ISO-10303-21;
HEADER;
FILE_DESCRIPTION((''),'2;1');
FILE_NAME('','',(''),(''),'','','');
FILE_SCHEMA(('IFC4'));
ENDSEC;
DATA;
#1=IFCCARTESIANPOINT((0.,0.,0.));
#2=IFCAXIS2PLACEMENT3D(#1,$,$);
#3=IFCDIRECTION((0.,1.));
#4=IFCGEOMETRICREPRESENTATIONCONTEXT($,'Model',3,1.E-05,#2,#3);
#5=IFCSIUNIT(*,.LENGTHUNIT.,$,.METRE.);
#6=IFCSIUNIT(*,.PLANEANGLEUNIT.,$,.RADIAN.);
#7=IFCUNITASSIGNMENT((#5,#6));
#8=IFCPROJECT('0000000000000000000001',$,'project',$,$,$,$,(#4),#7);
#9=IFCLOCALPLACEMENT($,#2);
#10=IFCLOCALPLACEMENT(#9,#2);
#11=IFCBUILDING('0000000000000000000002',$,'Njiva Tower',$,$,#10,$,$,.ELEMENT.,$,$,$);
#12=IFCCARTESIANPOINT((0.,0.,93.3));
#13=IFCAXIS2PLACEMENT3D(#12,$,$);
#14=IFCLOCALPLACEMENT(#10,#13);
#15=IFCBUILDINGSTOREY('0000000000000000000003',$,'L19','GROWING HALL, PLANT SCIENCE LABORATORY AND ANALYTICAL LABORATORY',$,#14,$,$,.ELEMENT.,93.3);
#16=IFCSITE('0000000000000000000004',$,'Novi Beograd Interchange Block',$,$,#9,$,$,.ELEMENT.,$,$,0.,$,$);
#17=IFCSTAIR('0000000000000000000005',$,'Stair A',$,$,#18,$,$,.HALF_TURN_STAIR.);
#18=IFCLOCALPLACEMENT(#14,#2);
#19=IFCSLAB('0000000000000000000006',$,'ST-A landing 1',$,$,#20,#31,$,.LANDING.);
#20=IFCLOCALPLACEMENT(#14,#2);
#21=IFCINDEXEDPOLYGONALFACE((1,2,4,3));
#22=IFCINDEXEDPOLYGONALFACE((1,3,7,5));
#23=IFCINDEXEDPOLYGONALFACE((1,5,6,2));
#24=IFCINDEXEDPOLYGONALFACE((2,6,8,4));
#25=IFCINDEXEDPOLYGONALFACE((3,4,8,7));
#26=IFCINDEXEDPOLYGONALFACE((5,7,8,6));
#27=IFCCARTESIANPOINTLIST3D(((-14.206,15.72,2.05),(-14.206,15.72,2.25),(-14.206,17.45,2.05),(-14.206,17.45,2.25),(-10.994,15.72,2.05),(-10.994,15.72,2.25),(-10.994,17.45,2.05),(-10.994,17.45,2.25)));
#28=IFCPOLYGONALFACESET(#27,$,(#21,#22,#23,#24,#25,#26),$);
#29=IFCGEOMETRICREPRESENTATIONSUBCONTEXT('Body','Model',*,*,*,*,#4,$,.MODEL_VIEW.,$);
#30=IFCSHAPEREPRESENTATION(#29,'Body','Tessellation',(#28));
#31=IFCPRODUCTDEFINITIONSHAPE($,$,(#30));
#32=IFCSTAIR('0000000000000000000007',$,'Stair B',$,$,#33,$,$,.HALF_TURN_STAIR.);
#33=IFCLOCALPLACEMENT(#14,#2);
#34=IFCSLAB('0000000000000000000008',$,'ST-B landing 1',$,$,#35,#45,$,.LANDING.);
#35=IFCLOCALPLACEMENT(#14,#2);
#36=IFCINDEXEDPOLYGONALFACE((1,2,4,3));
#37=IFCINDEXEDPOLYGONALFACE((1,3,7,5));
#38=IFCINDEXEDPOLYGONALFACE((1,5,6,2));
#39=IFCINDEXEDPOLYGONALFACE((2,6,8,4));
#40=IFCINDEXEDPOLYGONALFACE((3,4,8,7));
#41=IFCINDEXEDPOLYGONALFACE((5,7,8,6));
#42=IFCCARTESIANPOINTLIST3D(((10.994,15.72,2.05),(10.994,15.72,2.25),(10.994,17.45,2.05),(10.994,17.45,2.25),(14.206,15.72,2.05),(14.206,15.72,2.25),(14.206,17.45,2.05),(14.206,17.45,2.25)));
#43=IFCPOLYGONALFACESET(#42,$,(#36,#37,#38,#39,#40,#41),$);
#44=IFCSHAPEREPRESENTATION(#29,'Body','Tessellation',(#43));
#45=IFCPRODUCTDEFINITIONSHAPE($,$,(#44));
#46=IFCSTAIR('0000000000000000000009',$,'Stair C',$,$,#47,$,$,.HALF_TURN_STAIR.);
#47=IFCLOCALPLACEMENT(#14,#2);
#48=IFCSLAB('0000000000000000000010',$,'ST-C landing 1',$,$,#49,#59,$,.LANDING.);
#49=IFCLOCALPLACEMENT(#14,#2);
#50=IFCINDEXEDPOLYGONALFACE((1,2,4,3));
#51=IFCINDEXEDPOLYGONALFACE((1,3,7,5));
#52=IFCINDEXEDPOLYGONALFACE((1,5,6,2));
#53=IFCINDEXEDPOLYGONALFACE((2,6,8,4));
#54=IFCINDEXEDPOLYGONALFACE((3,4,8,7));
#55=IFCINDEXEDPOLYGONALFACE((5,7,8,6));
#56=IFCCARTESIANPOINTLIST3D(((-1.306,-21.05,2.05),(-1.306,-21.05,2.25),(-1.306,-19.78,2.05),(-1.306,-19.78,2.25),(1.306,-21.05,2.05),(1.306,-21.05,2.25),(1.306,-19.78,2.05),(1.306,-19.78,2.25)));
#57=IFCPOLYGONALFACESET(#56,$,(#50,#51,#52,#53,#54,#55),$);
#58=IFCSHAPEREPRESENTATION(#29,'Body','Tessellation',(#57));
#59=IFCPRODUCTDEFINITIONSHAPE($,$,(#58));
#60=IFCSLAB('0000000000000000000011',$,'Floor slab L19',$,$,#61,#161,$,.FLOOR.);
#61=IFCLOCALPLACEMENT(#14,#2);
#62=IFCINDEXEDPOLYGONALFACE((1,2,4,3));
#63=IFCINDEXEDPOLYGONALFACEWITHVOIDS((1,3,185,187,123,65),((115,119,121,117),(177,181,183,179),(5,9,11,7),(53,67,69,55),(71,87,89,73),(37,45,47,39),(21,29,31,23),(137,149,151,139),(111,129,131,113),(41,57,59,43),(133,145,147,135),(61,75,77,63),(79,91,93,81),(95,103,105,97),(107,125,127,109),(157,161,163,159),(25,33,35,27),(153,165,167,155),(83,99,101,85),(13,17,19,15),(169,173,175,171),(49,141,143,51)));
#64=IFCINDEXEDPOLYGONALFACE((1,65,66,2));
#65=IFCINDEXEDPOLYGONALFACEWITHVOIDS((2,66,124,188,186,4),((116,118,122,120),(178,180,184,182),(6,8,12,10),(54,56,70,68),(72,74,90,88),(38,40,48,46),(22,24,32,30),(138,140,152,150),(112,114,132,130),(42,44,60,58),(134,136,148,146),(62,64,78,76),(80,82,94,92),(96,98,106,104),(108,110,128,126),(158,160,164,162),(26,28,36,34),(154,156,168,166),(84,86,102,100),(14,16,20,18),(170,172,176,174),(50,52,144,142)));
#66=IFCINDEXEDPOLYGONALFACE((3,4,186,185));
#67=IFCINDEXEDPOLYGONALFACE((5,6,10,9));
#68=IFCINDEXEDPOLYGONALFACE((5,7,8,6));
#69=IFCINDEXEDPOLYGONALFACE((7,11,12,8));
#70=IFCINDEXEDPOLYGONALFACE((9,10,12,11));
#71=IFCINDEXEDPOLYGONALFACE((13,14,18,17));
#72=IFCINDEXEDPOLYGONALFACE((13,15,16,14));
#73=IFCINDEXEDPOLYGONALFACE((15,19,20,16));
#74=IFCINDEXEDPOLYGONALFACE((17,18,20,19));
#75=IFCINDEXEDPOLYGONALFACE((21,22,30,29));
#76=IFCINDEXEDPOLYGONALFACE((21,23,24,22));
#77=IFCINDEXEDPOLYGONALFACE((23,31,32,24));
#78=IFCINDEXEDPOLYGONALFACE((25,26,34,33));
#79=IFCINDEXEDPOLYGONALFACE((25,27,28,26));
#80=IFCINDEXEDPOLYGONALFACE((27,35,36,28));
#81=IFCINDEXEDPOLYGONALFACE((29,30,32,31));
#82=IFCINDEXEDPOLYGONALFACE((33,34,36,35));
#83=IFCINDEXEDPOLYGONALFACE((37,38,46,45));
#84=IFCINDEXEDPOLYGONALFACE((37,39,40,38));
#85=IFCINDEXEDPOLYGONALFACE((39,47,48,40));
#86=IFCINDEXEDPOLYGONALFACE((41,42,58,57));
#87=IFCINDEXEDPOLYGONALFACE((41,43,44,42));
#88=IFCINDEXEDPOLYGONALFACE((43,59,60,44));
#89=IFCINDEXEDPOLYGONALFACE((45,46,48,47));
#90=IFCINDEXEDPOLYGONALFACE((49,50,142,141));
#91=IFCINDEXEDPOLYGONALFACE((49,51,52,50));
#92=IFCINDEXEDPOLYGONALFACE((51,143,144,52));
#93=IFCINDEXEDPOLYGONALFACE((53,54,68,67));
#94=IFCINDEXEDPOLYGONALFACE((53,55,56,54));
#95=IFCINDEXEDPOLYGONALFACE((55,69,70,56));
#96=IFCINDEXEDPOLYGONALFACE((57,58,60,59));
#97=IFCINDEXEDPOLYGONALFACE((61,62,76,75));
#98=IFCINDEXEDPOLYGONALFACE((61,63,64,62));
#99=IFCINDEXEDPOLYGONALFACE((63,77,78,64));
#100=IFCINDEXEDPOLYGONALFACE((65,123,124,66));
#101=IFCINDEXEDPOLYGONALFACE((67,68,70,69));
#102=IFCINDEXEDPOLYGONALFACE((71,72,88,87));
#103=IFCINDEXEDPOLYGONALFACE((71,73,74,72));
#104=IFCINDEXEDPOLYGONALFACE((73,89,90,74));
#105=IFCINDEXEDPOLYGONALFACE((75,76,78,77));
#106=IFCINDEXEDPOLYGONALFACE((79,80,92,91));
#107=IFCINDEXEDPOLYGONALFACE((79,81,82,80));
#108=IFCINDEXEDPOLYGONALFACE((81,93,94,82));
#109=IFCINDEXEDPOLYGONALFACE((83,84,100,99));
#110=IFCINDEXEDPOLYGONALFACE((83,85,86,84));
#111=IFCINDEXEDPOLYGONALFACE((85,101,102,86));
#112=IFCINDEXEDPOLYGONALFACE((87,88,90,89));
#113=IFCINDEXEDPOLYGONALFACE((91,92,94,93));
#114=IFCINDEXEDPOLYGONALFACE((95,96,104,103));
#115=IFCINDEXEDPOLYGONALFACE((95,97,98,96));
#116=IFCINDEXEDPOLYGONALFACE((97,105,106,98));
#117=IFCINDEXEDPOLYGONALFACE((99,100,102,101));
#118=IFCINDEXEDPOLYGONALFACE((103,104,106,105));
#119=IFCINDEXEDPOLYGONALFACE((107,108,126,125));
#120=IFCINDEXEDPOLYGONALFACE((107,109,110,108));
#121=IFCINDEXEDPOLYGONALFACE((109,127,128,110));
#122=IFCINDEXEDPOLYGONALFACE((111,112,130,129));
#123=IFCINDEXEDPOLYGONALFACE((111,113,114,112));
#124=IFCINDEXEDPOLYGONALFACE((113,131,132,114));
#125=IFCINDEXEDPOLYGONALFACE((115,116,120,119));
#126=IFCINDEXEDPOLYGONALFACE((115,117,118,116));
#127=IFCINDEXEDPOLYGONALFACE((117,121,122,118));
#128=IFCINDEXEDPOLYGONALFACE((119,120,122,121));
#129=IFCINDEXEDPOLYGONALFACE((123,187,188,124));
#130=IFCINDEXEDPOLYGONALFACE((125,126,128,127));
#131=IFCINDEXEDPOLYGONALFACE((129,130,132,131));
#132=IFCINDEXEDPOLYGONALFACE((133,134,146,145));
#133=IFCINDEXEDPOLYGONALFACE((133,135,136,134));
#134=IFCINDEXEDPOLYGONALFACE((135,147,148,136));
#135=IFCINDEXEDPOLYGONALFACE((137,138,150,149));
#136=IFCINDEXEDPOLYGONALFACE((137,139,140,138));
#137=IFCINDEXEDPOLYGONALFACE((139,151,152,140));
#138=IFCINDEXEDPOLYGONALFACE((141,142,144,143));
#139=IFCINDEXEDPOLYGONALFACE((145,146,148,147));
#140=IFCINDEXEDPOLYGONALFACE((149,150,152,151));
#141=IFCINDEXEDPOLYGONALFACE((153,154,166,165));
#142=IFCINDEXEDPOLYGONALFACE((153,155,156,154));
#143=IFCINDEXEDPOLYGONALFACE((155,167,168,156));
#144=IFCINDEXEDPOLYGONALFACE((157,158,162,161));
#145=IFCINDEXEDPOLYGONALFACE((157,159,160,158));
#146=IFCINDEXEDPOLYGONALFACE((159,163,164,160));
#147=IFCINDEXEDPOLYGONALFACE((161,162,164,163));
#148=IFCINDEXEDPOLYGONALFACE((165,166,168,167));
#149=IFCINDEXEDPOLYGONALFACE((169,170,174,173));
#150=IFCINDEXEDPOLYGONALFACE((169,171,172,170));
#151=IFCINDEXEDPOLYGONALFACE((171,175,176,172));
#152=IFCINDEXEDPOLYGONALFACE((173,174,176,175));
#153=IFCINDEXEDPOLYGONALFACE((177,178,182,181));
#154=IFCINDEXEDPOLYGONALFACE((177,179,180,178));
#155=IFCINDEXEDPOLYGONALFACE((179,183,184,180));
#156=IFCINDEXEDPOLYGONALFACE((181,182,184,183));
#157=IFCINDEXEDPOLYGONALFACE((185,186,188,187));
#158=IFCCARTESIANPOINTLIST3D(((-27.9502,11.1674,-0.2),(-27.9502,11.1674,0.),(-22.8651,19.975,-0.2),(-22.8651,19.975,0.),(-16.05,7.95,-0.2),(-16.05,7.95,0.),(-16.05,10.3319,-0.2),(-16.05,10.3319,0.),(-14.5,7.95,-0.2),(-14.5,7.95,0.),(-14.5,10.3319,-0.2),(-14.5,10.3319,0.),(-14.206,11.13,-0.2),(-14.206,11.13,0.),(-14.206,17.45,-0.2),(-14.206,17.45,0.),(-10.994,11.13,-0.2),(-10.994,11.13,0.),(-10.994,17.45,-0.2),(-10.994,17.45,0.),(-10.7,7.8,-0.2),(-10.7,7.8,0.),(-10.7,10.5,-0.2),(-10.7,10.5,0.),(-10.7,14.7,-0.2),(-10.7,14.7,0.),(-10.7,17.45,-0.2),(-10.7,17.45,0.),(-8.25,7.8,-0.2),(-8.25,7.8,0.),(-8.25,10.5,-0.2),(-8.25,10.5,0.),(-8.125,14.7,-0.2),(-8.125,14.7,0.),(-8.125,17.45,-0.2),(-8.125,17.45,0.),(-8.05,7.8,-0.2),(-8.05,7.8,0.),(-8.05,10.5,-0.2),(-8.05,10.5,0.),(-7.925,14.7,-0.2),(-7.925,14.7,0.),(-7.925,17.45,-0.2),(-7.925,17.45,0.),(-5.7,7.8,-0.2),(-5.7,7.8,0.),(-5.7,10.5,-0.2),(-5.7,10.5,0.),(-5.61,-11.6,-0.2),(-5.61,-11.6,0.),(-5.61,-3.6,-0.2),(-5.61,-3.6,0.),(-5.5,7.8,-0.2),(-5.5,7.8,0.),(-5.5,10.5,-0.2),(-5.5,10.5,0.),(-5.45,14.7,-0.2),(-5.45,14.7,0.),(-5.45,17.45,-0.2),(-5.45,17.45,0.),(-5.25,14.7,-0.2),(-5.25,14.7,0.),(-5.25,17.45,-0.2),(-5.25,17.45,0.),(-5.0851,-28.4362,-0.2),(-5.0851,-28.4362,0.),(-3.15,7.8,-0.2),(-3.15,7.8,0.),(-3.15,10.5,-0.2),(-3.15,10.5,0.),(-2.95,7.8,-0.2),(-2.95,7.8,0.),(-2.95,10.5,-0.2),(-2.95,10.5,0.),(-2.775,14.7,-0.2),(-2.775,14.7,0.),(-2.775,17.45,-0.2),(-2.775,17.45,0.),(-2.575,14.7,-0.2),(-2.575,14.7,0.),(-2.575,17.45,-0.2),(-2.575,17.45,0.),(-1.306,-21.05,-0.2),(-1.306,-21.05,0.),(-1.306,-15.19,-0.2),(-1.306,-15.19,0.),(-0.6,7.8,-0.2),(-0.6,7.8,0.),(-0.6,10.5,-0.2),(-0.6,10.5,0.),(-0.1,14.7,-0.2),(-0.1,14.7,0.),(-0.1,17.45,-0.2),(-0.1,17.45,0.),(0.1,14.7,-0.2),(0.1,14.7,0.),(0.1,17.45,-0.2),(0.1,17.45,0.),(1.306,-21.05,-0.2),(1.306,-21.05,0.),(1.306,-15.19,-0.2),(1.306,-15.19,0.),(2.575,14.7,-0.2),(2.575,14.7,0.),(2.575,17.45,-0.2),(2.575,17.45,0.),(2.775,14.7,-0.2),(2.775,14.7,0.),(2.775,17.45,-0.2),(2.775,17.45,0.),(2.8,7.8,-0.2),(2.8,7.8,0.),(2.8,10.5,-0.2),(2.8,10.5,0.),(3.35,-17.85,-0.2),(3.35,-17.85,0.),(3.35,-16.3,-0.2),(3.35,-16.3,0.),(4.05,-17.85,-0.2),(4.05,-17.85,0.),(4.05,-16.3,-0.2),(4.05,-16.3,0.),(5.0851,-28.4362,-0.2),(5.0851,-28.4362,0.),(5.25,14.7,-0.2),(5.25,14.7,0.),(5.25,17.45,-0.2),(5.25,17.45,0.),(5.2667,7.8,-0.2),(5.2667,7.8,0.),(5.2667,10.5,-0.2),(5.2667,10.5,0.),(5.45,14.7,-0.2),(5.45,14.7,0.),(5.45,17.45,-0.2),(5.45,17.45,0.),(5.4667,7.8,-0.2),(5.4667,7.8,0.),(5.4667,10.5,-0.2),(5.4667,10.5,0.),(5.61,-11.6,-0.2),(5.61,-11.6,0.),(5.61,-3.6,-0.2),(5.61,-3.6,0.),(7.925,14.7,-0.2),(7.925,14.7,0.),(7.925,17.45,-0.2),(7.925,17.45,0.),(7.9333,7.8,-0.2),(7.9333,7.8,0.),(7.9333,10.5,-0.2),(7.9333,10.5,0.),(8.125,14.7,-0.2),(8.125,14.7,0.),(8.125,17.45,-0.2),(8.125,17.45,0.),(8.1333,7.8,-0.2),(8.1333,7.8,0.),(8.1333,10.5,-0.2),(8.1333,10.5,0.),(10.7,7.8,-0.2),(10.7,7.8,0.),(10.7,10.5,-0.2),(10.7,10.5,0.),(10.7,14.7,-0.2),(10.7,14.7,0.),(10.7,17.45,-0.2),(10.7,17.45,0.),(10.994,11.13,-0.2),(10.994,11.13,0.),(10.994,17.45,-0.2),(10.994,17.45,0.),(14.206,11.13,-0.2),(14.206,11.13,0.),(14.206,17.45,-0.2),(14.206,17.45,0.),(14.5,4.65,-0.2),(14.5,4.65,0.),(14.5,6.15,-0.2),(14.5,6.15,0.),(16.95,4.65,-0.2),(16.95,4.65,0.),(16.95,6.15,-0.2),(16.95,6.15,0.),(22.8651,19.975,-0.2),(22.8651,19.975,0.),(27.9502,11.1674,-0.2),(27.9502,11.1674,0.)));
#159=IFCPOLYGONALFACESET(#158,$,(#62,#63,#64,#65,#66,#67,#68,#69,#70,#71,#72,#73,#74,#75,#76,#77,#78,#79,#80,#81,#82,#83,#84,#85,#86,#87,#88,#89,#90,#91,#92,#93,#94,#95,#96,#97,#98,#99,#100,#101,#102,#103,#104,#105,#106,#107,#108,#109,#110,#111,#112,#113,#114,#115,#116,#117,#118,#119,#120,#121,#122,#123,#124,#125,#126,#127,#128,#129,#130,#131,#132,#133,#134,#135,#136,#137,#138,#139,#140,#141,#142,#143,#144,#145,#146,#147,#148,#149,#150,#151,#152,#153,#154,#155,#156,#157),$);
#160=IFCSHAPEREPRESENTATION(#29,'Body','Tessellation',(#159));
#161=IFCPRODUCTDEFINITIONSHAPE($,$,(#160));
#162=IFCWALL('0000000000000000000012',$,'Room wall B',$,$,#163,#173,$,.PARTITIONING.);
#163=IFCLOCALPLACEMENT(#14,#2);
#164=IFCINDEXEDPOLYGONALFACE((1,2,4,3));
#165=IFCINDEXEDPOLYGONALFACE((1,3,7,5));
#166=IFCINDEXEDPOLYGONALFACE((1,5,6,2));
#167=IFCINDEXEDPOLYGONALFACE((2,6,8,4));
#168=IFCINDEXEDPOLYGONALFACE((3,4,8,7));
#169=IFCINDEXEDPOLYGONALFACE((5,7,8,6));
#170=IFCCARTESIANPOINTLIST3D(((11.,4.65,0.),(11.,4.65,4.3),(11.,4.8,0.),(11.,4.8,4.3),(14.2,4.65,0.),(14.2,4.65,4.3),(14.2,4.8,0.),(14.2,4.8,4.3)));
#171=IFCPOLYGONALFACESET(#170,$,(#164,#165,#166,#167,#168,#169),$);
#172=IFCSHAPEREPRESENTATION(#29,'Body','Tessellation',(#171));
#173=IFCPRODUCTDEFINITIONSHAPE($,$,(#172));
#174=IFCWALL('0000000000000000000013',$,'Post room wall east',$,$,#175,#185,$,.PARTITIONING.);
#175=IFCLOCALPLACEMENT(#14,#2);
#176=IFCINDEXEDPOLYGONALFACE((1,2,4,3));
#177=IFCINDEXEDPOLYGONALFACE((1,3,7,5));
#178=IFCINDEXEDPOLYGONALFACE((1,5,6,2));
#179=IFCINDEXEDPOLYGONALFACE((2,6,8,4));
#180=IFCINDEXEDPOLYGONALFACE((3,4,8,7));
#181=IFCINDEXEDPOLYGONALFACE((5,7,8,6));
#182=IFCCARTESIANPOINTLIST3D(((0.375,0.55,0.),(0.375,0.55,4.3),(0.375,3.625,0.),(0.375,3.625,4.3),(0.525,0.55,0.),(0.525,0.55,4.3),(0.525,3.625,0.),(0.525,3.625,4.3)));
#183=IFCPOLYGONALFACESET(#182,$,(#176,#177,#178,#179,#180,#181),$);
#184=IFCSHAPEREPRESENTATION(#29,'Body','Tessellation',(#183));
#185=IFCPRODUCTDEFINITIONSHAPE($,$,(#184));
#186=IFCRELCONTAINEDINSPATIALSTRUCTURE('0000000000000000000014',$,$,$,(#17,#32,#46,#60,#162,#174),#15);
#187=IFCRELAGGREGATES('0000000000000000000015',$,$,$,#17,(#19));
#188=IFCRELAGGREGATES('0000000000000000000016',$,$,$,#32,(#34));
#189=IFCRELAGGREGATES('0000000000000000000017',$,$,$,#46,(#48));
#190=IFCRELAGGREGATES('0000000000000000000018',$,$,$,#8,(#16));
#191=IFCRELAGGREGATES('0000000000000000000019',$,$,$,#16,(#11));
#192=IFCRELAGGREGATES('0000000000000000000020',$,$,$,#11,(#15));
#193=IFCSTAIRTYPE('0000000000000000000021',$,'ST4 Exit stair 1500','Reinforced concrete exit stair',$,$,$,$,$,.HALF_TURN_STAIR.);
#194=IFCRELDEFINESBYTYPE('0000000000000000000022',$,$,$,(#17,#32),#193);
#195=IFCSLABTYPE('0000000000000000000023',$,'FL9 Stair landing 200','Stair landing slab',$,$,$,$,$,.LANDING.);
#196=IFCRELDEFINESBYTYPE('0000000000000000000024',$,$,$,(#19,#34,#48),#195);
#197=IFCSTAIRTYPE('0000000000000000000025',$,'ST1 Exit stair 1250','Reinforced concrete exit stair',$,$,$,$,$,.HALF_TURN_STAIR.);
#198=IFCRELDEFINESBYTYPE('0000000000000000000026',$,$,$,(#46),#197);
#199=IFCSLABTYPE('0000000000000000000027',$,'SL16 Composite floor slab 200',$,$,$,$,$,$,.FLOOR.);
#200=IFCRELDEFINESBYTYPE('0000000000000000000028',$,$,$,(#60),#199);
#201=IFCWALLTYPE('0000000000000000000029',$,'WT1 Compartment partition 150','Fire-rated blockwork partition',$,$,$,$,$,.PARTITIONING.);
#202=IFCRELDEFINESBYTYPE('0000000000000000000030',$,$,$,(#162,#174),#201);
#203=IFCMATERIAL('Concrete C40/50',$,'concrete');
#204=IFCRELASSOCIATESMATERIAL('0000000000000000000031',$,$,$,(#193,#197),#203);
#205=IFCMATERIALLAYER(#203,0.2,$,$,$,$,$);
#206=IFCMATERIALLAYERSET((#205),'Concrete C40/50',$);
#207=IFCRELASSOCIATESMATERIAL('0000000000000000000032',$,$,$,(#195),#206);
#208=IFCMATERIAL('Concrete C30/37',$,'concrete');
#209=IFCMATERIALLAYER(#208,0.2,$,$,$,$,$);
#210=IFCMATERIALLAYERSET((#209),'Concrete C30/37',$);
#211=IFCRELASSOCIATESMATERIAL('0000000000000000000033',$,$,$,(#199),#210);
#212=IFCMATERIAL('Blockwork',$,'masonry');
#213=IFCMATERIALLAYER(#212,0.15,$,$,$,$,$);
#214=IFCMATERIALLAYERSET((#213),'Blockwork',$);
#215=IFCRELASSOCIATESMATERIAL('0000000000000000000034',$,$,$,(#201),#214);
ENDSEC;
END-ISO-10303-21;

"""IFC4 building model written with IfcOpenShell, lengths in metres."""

from ifc_helpers import new_model, si_unit, direction, frame, frame_2d, origin, place, context, subcontext, project, spatial, polyline, rectangle, outline, extrude, material, layer, layer_set, type_object, element, aggregate, save


model = new_model("IFC4")

# Units and contexts
model_context = context("Model", 3, precision=1e-05, world=origin(), true_north=direction((0.0, 1.0)))
body_context = subcontext(model_context, "Body", "Model", "MODEL_VIEW")
ifc_project = project(units=[si_unit("LENGTHUNIT", "METRE"), si_unit("PLANEANGLEUNIT", "RADIAN")], contexts=[model_context])

# Site, building, storey
site_placement = place(None, origin())
site = spatial("IfcSite", under=ifc_project, at=site_placement, Name="Novi Beograd Interchange Block", CompositionType="ELEMENT", RefElevation=0.0)
building_placement = place(site_placement, origin())
building = spatial("IfcBuilding", under=site, at=building_placement, Name="Njiva Tower", CompositionType="ELEMENT")
storey_placement = place(building_placement, frame((0.0, 0.0, 93.3)))
storey = spatial("IfcBuildingStorey", under=building, at=storey_placement, Name="L19", Description="GROWING HALL, PLANT SCIENCE LABORATORY AND ANALYTICAL LABORATORY", CompositionType="ELEMENT", Elevation=93.3)

# Stairs, slabs
ifc_material_1 = material(Name="Concrete C40/50", Category="concrete")
stair_type_1 = type_object("IfcStairType", Name="ST4 Exit stair 1500", Description="Reinforced concrete exit stair", PredefinedType="HALF_TURN_STAIR", material=ifc_material_1)
stair_1_placement = place(storey_placement, origin())
stair_1 = element("IfcStair", 1, at=stair_1_placement, inside=storey, type_object=stair_type_1, Name="Stair A", PredefinedType="HALF_TURN_STAIR")
ifc_layer_1 = layer(ifc_material_1, 0.2)
ifc_layer_set_1 = layer_set([ifc_layer_1], Name="Concrete C40/50")
slab_type_1 = type_object("IfcSlabType", Name="FL9 Stair landing 200", Description="Stair landing slab", PredefinedType="LANDING", material=ifc_layer_set_1)
slab_1_placement = place(storey_placement, frame((0.0, 0.0, 2.05)))
slab_1 = element("IfcSlab", 2, at=slab_1_placement, type_object=slab_type_1, Name="ST-A landing 1", PredefinedType="LANDING", context=body_context, shape_type="SweptSolid", body=[
    extrude(outline(polyline([(-14.206, 15.72), (-10.994, 15.72), (-10.994, 17.45), (-14.206, 17.45), (-14.206, 15.72)])), origin(), (0.0, 0.0, 1.0), 0.2),
])
aggregate(stair_1, [slab_1])
stair_2_placement = place(storey_placement, origin())
stair_2 = element("IfcStair", 3, at=stair_2_placement, inside=storey, type_object=stair_type_1, Name="Stair B", PredefinedType="HALF_TURN_STAIR")
slab_2_placement = place(storey_placement, frame((0.0, 0.0, 2.05)))
slab_2 = element("IfcSlab", 4, at=slab_2_placement, type_object=slab_type_1, Name="ST-B landing 1", PredefinedType="LANDING", context=body_context, shape_type="SweptSolid", body=[
    extrude(outline(polyline([(10.994, 15.72), (14.206, 15.72), (14.206, 17.45), (10.994, 17.45), (10.994, 15.72)])), origin(), (0.0, 0.0, 1.0), 0.2),
])
aggregate(stair_2, [slab_2])
stair_type_2 = type_object("IfcStairType", Name="ST1 Exit stair 1250", Description="Reinforced concrete exit stair", PredefinedType="HALF_TURN_STAIR", material=ifc_material_1)
stair_3_placement = place(storey_placement, origin())
stair_3 = element("IfcStair", 5, at=stair_3_placement, inside=storey, type_object=stair_type_2, Name="Stair C", PredefinedType="HALF_TURN_STAIR")
slab_3_placement = place(storey_placement, frame((0.0, 0.0, 2.05)))
slab_3 = element("IfcSlab", 6, at=slab_3_placement, type_object=slab_type_1, Name="ST-C landing 1", PredefinedType="LANDING", context=body_context, shape_type="SweptSolid", body=[
    extrude(outline(polyline([(-1.306, -21.05), (1.306, -21.05), (1.306, -19.78), (-1.306, -19.78), (-1.306, -21.05)])), origin(), (0.0, 0.0, 1.0), 0.2),
])
aggregate(stair_3, [slab_3])

# Slab
ifc_material_2 = material(Name="Concrete C30/37", Category="concrete")
ifc_layer_2 = layer(ifc_material_2, 0.2)
ifc_layer_set_2 = layer_set([ifc_layer_2], Name="Concrete C30/37")
slab_type_2 = type_object("IfcSlabType", Name="SL16 Composite floor slab 200", PredefinedType="FLOOR", material=ifc_layer_set_2)
slab_4_placement = place(storey_placement, frame((0.0, 0.0, -0.2)))
element("IfcSlab", 7, at=slab_4_placement, inside=storey, type_object=slab_type_2, Name="Floor slab L19", PredefinedType="FLOOR", context=body_context, shape_type="SweptSolid", body=[
    extrude(outline(polyline([(27.9502, 11.1674), (5.0851, -28.4362), (-5.0851, -28.4362), (-27.9502, 11.1674), (-22.8651, 19.975), (22.8651, 19.975), (27.9502, 11.1674)]), holes=[polyline([(14.5, 4.65), (16.95, 4.65), (16.95, 6.15), (14.5, 6.15), (14.5, 4.65)]), polyline([(10.994, 17.45), (10.994, 11.13), (14.206, 11.13), (14.206, 17.45), (10.994, 17.45)]), polyline([(8.125, 17.45), (8.125, 14.7), (10.7, 14.7), (10.7, 17.45), (8.125, 17.45)]), polyline([(8.1333, 7.8), (10.7, 7.8), (10.7, 10.5), (8.1333, 10.5), (8.1333, 7.8)]), polyline([(5.4667, 10.5), (5.4667, 7.8), (7.9333, 7.8), (7.9333, 10.5), (5.4667, 10.5)]), polyline([(5.45, 17.45), (5.45, 14.7), (7.925, 14.7), (7.925, 17.45), (5.45, 17.45)]), polyline([(5.61, -11.6), (5.61, -3.6), (-5.61, -3.6), (-5.61, -11.6), (5.61, -11.6)]), polyline([(2.8, 10.5), (2.8, 7.8), (5.2667, 7.8), (5.2667, 10.5), (2.8, 10.5)]), polyline([(2.775, 14.7), (5.25, 14.7), (5.25, 17.45), (2.775, 17.45), (2.775, 14.7)]), polyline([(3.35, -17.85), (4.05, -17.85), (4.05, -16.3), (3.35, -16.3), (3.35, -17.85)]), polyline([(0.1, 17.45), (0.1, 14.7), (2.575, 14.7), (2.575, 17.45), (0.1, 17.45)]), polyline([(-1.306, -21.05), (1.306, -21.05), (1.306, -15.19), (-1.306, -15.19), (-1.306, -21.05)]), polyline([(-2.575, 17.45), (-2.575, 14.7), (-0.1, 14.7), (-0.1, 17.45), (-2.575, 17.45)]), polyline([(-2.95, 7.8), (-0.6, 7.8), (-0.6, 10.5), (-2.95, 10.5), (-2.95, 7.8)]), polyline([(-5.25, 17.45), (-5.25, 14.7), (-2.775, 14.7), (-2.775, 17.45), (-5.25, 17.45)]), polyline([(-5.5, 10.5), (-5.5, 7.8), (-3.15, 7.8), (-3.15, 10.5), (-5.5, 10.5)]), polyline([(-7.925, 14.7), (-5.45, 14.7), (-5.45, 17.45), (-7.925, 17.45), (-7.925, 14.7)]), polyline([(-8.05, 10.5), (-8.05, 7.8), (-5.7, 7.8), (-5.7, 10.5), (-8.05, 10.5)]), polyline([(-10.7, 17.45), (-10.7, 14.7), (-8.125, 14.7), (-8.125, 17.45), (-10.7, 17.45)]), polyline([(-10.7, 7.8), (-8.25, 7.8), (-8.25, 10.5), (-10.7, 10.5), (-10.7, 7.8)]), polyline([(-14.206, 17.45), (-14.206, 11.13), (-10.994, 11.13), (-10.994, 17.45), (-14.206, 17.45)]), polyline([(-14.5, 10.3319), (-16.05, 10.3319), (-16.05, 7.95), (-14.5, 7.95), (-14.5, 10.3319)])]), origin(), (0.0, 0.0, 1.0), 0.2),
])

# Walls
ifc_material_3 = material(Name="Blockwork", Category="masonry")
ifc_layer_3 = layer(ifc_material_3, 0.15)
ifc_layer_set_3 = layer_set([ifc_layer_3], Name="Blockwork")
wall_type_1 = type_object("IfcWallType", Name="WT1 Compartment partition 150", Description="Fire-rated blockwork partition", PredefinedType="PARTITIONING", material=ifc_layer_set_3)
wall_1_placement = place(storey_placement, frame((11.0, 4.725, 0.0), z_axis=(0.0, 0.0, 1.0), x_axis=(1.0, 0.0, 0.0)))
element("IfcWall", 8, at=wall_1_placement, inside=storey, type_object=wall_type_1, Name="Room wall B", PredefinedType="PARTITIONING", context=body_context, shape_type="SweptSolid", body=[
    extrude(rectangle(XDim=3.2, YDim=0.15, at=frame_2d((1.6, 0.0))), origin(), (0.0, 0.0, 1.0), 4.3),
])
wall_2_placement = place(storey_placement, frame((0.45, 0.55, 0.0), z_axis=(0.0, 0.0, 1.0), x_axis=(0.0, 1.0, 0.0)))
element("IfcWall", 9, at=wall_2_placement, inside=storey, type_object=wall_type_1, Name="Post room wall east", PredefinedType="PARTITIONING", context=body_context, shape_type="SweptSolid", body=[
    extrude(rectangle(XDim=3.075, YDim=0.15, at=frame_2d((1.5375, 0.0))), origin(), (0.0, 0.0, 1.0), 4.3),
])

save(model, "model.ifc")
